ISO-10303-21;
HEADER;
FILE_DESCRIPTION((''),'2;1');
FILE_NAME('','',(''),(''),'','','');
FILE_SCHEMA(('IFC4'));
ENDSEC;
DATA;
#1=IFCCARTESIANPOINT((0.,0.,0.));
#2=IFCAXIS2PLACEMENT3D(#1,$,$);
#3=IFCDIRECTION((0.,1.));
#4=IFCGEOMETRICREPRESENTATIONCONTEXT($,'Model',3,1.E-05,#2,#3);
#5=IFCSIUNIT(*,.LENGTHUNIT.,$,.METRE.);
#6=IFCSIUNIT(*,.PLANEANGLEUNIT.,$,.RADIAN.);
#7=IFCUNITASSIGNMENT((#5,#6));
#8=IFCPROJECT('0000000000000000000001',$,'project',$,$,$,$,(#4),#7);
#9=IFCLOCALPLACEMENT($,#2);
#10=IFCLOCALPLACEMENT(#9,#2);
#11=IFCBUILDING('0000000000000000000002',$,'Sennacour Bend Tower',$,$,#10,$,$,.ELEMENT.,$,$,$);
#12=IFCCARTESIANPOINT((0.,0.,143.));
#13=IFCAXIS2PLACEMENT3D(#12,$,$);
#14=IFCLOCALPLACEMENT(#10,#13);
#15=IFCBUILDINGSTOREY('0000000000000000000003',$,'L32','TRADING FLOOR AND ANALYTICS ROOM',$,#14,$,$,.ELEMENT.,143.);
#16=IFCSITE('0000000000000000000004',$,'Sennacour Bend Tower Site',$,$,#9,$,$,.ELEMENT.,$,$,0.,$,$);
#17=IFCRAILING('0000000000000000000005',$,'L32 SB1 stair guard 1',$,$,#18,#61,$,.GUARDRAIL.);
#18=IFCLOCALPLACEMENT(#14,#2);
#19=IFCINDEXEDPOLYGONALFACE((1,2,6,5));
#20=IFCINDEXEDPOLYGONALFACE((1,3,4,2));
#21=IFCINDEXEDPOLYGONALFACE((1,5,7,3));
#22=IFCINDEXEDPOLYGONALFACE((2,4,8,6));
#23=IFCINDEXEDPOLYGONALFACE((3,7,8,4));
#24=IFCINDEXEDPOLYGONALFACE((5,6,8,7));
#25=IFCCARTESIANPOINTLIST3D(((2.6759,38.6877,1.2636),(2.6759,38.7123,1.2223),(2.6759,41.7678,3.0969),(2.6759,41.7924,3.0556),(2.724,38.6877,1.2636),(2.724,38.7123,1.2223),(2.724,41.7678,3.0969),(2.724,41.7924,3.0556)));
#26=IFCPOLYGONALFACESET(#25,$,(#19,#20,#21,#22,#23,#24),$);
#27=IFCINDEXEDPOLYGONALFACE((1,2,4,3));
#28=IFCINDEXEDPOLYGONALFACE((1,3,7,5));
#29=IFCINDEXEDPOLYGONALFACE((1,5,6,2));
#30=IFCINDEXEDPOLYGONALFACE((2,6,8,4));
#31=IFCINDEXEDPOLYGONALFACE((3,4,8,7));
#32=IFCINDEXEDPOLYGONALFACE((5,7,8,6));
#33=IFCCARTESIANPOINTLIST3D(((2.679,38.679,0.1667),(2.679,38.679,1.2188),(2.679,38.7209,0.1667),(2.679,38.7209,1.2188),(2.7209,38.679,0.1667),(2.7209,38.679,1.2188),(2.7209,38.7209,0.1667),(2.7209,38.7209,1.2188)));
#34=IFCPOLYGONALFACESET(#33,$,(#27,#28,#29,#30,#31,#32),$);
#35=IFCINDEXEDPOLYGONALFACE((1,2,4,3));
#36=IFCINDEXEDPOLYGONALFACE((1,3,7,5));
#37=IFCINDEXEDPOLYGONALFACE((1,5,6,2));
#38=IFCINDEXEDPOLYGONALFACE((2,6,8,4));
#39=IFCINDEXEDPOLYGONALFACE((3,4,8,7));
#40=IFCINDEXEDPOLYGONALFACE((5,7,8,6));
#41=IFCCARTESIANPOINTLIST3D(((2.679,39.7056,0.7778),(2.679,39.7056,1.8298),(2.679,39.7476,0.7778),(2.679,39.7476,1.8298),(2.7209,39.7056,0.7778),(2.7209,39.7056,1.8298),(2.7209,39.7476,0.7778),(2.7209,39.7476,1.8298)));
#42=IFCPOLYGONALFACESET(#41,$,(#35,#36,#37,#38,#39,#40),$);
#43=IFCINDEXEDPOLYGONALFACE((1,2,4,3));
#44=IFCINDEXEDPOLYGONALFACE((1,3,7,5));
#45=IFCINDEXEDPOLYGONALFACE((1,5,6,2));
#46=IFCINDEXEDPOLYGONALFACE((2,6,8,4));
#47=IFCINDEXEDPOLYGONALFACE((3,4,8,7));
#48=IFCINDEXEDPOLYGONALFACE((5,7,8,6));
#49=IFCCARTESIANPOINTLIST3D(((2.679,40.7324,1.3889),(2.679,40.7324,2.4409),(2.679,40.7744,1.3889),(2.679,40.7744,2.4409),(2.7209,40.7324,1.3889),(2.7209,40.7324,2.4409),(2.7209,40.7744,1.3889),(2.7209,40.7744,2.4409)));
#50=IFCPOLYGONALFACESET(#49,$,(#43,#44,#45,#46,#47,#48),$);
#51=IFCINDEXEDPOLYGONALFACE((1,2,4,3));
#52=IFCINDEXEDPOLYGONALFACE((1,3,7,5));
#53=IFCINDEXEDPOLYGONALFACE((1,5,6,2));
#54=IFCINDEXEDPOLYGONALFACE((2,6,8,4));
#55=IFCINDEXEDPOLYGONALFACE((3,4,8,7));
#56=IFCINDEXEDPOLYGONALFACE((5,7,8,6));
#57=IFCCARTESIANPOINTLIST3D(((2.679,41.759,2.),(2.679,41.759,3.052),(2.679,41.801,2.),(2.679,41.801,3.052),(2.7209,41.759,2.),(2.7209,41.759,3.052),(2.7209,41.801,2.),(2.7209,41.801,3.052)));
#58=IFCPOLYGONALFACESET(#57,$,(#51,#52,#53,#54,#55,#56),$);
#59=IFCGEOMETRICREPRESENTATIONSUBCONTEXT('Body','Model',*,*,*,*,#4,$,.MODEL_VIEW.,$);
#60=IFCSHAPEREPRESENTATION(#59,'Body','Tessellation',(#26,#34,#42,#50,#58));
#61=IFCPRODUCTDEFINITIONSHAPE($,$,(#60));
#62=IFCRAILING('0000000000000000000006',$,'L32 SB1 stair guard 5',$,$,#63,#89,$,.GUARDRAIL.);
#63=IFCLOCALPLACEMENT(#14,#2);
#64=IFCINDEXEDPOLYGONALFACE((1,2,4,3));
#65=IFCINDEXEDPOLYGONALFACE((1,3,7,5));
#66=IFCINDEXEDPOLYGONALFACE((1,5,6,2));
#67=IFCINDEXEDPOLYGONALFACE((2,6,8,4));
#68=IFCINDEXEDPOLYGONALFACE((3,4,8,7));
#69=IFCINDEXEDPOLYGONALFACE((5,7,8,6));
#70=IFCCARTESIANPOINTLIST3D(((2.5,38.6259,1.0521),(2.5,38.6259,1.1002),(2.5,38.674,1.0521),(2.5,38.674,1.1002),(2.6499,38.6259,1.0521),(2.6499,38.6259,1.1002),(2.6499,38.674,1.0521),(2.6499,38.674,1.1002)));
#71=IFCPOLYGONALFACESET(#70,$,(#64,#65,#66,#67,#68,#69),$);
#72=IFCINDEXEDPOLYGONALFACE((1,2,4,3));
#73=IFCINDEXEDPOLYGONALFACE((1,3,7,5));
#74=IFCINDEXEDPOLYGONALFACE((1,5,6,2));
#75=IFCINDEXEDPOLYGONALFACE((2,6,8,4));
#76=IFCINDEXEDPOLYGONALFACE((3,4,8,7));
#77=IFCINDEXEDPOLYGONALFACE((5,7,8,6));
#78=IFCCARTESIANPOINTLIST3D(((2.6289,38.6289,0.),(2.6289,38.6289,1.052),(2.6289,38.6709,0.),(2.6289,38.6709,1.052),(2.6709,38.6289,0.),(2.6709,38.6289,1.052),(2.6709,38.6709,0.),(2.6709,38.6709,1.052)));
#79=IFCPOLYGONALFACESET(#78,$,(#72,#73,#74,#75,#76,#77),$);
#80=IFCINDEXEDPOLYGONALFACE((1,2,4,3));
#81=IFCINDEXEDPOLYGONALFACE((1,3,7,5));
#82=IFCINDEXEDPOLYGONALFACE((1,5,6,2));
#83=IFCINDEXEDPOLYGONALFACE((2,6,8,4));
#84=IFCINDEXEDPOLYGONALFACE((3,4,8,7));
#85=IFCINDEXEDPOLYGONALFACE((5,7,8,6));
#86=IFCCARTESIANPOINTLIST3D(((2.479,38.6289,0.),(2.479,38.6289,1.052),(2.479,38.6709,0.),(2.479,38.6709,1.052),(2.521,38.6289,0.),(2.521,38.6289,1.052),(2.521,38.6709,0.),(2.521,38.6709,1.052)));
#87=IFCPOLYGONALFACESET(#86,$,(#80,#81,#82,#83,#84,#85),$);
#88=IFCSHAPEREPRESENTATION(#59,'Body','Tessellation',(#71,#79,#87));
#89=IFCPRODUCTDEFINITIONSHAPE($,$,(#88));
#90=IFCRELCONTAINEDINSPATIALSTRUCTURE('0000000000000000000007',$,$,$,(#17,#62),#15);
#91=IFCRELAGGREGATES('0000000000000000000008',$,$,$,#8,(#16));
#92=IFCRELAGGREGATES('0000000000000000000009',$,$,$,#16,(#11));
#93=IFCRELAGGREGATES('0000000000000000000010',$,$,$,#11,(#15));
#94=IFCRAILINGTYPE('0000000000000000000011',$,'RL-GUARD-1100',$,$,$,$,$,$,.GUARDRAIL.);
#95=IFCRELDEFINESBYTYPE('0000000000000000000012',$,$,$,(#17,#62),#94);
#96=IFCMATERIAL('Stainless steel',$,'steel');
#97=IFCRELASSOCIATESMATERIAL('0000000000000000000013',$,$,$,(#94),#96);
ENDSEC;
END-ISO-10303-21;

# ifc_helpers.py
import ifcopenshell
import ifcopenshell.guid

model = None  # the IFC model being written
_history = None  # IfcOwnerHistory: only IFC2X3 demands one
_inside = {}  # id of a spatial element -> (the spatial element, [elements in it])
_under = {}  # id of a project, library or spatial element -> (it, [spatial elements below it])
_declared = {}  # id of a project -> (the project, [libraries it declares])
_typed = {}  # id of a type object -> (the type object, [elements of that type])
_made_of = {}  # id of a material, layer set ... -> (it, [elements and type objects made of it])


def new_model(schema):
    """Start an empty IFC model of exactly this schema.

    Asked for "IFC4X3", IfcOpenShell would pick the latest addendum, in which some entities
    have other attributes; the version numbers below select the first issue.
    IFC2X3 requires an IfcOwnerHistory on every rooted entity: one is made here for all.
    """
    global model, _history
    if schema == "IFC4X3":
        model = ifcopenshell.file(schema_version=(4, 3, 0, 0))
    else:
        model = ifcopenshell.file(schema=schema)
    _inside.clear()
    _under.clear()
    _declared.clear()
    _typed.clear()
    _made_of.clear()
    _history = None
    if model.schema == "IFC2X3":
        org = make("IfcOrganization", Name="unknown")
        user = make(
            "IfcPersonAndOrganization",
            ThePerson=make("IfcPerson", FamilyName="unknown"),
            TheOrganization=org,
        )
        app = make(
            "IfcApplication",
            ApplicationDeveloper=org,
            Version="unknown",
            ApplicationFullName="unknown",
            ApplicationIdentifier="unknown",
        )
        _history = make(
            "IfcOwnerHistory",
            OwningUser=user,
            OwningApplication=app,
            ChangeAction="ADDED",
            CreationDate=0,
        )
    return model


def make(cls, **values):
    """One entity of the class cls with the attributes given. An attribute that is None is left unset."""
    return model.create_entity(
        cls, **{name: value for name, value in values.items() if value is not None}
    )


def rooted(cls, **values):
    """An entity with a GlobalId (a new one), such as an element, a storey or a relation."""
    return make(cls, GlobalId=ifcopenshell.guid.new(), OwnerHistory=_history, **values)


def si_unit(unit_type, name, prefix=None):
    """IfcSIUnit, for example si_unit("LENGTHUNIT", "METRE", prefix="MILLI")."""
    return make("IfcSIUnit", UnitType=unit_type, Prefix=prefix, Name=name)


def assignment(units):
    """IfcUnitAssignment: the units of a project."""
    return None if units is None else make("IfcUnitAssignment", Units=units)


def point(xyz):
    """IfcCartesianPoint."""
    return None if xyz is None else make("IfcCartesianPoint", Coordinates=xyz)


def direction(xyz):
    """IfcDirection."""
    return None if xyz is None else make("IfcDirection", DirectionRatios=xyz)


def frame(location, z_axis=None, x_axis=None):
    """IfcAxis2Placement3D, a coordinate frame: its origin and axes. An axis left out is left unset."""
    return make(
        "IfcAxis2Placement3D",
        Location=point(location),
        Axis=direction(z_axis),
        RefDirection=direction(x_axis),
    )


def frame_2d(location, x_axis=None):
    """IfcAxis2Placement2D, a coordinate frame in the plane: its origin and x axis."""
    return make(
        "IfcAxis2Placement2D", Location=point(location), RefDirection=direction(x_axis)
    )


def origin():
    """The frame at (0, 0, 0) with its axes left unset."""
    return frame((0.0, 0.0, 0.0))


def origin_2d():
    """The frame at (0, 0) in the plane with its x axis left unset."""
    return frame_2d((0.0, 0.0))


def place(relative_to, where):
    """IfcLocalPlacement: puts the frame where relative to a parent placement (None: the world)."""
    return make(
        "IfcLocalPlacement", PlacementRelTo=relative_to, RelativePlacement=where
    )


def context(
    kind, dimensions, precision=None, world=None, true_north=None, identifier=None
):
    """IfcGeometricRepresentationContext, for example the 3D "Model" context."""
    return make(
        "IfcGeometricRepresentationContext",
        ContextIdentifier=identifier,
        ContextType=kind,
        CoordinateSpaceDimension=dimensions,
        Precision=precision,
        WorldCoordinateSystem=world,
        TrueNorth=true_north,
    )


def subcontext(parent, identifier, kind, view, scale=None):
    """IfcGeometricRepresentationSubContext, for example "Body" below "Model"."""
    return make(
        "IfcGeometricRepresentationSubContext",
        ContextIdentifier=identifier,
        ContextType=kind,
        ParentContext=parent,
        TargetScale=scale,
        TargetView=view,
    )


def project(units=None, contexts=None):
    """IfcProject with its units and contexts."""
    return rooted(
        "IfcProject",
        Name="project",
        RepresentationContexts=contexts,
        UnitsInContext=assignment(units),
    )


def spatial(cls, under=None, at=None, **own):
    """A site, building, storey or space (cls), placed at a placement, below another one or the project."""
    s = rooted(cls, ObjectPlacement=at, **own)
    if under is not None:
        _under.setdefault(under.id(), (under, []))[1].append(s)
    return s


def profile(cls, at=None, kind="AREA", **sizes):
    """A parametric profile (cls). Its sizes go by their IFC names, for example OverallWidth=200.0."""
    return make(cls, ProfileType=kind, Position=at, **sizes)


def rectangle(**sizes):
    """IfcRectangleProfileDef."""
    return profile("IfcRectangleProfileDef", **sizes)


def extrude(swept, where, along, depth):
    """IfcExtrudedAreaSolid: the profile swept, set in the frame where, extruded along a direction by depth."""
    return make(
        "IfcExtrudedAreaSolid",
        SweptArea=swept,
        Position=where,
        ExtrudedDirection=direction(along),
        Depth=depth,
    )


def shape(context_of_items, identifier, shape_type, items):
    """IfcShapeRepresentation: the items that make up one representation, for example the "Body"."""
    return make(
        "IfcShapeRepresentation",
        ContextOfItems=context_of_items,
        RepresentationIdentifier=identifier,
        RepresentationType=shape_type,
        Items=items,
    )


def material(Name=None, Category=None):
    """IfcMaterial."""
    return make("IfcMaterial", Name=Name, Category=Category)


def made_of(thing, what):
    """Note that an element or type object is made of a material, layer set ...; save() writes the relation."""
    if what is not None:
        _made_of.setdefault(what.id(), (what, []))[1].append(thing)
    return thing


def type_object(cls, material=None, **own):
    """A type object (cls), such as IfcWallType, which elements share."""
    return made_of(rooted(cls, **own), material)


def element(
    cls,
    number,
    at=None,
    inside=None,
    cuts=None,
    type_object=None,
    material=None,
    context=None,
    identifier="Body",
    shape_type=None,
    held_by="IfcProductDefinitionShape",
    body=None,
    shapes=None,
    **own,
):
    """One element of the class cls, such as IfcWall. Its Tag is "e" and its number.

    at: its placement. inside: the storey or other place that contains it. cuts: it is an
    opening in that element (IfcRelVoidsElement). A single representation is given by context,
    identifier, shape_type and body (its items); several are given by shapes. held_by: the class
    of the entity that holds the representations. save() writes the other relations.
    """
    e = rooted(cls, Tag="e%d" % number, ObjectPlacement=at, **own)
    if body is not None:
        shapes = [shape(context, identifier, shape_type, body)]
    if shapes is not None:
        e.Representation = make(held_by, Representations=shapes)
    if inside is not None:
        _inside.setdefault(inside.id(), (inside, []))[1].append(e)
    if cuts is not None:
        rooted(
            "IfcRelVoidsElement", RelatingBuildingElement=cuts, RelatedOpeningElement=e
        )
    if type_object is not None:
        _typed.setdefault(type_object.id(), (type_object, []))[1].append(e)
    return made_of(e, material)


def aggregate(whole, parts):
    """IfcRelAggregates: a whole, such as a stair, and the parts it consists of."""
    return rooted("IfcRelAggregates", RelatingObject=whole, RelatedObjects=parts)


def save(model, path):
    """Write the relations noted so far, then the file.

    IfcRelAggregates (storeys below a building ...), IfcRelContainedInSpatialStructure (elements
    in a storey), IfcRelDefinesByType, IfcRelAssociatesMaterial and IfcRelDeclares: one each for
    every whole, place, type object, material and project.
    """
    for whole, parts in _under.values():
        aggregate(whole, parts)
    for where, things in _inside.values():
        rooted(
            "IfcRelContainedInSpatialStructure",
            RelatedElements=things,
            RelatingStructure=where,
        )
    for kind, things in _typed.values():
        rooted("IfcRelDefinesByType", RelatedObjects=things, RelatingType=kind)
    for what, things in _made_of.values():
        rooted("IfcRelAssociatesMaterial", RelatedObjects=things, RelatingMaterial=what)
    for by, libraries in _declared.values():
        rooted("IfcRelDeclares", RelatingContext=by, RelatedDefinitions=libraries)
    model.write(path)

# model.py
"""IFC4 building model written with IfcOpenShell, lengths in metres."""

from ifc_helpers import new_model, si_unit, direction, frame, origin, origin_2d, place, context, subcontext, project, spatial, rectangle, extrude, material, type_object, element, save


model = new_model("IFC4")

# Units and contexts
model_context = context("Model", 3, precision=1e-05, world=origin(), true_north=direction((0.0, 1.0)))
body_context = subcontext(model_context, "Body", "Model", "MODEL_VIEW")
ifc_project = project(units=[si_unit("LENGTHUNIT", "METRE"), si_unit("PLANEANGLEUNIT", "RADIAN")], contexts=[model_context])

# Site, building, storey
site_placement = place(None, origin())
site = spatial("IfcSite", under=ifc_project, at=site_placement, Name="Sennacour Bend Tower Site", CompositionType="ELEMENT", RefElevation=0.0)
building_placement = place(site_placement, origin())
building = spatial("IfcBuilding", under=site, at=building_placement, Name="Sennacour Bend Tower", CompositionType="ELEMENT")
storey_placement = place(building_placement, frame((0.0, 0.0, 143.0)))
storey = spatial("IfcBuildingStorey", under=building, at=storey_placement, Name="L32", Description="TRADING FLOOR AND ANALYTICS ROOM", CompositionType="ELEMENT", Elevation=143.0)

# Railings
ifc_material_1 = material(Name="Stainless steel", Category="steel")
railing_type = type_object("IfcRailingType", Name="RL-GUARD-1100", PredefinedType="GUARDRAIL", material=ifc_material_1)
railing_1_placement = place(storey_placement, frame((2.7, 38.7, 0.1667)))
element("IfcRailing", 1, at=railing_1_placement, inside=storey, type_object=railing_type, Name="L32 SB1 stair guard 1", PredefinedType="GUARDRAIL", context=body_context, shape_type="SweptSolid", body=[
    extrude(rectangle(XDim=0.0481, YDim=0.0481, at=origin_2d()), frame((0.0, 0.0, 1.0762), z_axis=(0.0, 0.859309, 0.511458), x_axis=(-1.0, 0.0, 0.0)), (0.0, 0.0, 1.0), 3.5845),
    extrude(rectangle(XDim=0.042, YDim=0.042, at=origin_2d()), origin(), (0.0, 0.0, 1.0), 1.052),
    extrude(rectangle(XDim=0.042, YDim=0.042, at=origin_2d()), frame((0.0, 1.0266, 0.6111)), (0.0, 0.0, 1.0), 1.052),
    extrude(rectangle(XDim=0.042, YDim=0.042, at=origin_2d()), frame((0.0, 2.0535, 1.2222)), (0.0, 0.0, 1.0), 1.052),
    extrude(rectangle(XDim=0.042, YDim=0.042, at=origin_2d()), frame((0.0, 3.0801, 1.8333)), (0.0, 0.0, 1.0), 1.052),
])
railing_2_placement = place(storey_placement, frame((2.6499, 38.6499, 0.0)))
element("IfcRailing", 2, at=railing_2_placement, inside=storey, type_object=railing_type, Name="L32 SB1 stair guard 5", PredefinedType="GUARDRAIL", context=body_context, shape_type="SweptSolid", body=[
    extrude(rectangle(XDim=0.0481, YDim=0.0481, at=origin_2d()), frame((0.0, 0.0, 1.0762), z_axis=(-1.0, 0.0, 0.0), x_axis=(0.0, -1.0, 0.0)), (0.0, 0.0, 1.0), 0.1499),
    extrude(rectangle(XDim=0.042, YDim=0.042, at=origin_2d()), origin(), (0.0, 0.0, 1.0), 1.052),
    extrude(rectangle(XDim=0.042, YDim=0.042, at=origin_2d()), frame((-0.1499, 0.0, 0.0)), (0.0, 0.0, 1.0), 1.052),
])

save(model, "model.ifc")
